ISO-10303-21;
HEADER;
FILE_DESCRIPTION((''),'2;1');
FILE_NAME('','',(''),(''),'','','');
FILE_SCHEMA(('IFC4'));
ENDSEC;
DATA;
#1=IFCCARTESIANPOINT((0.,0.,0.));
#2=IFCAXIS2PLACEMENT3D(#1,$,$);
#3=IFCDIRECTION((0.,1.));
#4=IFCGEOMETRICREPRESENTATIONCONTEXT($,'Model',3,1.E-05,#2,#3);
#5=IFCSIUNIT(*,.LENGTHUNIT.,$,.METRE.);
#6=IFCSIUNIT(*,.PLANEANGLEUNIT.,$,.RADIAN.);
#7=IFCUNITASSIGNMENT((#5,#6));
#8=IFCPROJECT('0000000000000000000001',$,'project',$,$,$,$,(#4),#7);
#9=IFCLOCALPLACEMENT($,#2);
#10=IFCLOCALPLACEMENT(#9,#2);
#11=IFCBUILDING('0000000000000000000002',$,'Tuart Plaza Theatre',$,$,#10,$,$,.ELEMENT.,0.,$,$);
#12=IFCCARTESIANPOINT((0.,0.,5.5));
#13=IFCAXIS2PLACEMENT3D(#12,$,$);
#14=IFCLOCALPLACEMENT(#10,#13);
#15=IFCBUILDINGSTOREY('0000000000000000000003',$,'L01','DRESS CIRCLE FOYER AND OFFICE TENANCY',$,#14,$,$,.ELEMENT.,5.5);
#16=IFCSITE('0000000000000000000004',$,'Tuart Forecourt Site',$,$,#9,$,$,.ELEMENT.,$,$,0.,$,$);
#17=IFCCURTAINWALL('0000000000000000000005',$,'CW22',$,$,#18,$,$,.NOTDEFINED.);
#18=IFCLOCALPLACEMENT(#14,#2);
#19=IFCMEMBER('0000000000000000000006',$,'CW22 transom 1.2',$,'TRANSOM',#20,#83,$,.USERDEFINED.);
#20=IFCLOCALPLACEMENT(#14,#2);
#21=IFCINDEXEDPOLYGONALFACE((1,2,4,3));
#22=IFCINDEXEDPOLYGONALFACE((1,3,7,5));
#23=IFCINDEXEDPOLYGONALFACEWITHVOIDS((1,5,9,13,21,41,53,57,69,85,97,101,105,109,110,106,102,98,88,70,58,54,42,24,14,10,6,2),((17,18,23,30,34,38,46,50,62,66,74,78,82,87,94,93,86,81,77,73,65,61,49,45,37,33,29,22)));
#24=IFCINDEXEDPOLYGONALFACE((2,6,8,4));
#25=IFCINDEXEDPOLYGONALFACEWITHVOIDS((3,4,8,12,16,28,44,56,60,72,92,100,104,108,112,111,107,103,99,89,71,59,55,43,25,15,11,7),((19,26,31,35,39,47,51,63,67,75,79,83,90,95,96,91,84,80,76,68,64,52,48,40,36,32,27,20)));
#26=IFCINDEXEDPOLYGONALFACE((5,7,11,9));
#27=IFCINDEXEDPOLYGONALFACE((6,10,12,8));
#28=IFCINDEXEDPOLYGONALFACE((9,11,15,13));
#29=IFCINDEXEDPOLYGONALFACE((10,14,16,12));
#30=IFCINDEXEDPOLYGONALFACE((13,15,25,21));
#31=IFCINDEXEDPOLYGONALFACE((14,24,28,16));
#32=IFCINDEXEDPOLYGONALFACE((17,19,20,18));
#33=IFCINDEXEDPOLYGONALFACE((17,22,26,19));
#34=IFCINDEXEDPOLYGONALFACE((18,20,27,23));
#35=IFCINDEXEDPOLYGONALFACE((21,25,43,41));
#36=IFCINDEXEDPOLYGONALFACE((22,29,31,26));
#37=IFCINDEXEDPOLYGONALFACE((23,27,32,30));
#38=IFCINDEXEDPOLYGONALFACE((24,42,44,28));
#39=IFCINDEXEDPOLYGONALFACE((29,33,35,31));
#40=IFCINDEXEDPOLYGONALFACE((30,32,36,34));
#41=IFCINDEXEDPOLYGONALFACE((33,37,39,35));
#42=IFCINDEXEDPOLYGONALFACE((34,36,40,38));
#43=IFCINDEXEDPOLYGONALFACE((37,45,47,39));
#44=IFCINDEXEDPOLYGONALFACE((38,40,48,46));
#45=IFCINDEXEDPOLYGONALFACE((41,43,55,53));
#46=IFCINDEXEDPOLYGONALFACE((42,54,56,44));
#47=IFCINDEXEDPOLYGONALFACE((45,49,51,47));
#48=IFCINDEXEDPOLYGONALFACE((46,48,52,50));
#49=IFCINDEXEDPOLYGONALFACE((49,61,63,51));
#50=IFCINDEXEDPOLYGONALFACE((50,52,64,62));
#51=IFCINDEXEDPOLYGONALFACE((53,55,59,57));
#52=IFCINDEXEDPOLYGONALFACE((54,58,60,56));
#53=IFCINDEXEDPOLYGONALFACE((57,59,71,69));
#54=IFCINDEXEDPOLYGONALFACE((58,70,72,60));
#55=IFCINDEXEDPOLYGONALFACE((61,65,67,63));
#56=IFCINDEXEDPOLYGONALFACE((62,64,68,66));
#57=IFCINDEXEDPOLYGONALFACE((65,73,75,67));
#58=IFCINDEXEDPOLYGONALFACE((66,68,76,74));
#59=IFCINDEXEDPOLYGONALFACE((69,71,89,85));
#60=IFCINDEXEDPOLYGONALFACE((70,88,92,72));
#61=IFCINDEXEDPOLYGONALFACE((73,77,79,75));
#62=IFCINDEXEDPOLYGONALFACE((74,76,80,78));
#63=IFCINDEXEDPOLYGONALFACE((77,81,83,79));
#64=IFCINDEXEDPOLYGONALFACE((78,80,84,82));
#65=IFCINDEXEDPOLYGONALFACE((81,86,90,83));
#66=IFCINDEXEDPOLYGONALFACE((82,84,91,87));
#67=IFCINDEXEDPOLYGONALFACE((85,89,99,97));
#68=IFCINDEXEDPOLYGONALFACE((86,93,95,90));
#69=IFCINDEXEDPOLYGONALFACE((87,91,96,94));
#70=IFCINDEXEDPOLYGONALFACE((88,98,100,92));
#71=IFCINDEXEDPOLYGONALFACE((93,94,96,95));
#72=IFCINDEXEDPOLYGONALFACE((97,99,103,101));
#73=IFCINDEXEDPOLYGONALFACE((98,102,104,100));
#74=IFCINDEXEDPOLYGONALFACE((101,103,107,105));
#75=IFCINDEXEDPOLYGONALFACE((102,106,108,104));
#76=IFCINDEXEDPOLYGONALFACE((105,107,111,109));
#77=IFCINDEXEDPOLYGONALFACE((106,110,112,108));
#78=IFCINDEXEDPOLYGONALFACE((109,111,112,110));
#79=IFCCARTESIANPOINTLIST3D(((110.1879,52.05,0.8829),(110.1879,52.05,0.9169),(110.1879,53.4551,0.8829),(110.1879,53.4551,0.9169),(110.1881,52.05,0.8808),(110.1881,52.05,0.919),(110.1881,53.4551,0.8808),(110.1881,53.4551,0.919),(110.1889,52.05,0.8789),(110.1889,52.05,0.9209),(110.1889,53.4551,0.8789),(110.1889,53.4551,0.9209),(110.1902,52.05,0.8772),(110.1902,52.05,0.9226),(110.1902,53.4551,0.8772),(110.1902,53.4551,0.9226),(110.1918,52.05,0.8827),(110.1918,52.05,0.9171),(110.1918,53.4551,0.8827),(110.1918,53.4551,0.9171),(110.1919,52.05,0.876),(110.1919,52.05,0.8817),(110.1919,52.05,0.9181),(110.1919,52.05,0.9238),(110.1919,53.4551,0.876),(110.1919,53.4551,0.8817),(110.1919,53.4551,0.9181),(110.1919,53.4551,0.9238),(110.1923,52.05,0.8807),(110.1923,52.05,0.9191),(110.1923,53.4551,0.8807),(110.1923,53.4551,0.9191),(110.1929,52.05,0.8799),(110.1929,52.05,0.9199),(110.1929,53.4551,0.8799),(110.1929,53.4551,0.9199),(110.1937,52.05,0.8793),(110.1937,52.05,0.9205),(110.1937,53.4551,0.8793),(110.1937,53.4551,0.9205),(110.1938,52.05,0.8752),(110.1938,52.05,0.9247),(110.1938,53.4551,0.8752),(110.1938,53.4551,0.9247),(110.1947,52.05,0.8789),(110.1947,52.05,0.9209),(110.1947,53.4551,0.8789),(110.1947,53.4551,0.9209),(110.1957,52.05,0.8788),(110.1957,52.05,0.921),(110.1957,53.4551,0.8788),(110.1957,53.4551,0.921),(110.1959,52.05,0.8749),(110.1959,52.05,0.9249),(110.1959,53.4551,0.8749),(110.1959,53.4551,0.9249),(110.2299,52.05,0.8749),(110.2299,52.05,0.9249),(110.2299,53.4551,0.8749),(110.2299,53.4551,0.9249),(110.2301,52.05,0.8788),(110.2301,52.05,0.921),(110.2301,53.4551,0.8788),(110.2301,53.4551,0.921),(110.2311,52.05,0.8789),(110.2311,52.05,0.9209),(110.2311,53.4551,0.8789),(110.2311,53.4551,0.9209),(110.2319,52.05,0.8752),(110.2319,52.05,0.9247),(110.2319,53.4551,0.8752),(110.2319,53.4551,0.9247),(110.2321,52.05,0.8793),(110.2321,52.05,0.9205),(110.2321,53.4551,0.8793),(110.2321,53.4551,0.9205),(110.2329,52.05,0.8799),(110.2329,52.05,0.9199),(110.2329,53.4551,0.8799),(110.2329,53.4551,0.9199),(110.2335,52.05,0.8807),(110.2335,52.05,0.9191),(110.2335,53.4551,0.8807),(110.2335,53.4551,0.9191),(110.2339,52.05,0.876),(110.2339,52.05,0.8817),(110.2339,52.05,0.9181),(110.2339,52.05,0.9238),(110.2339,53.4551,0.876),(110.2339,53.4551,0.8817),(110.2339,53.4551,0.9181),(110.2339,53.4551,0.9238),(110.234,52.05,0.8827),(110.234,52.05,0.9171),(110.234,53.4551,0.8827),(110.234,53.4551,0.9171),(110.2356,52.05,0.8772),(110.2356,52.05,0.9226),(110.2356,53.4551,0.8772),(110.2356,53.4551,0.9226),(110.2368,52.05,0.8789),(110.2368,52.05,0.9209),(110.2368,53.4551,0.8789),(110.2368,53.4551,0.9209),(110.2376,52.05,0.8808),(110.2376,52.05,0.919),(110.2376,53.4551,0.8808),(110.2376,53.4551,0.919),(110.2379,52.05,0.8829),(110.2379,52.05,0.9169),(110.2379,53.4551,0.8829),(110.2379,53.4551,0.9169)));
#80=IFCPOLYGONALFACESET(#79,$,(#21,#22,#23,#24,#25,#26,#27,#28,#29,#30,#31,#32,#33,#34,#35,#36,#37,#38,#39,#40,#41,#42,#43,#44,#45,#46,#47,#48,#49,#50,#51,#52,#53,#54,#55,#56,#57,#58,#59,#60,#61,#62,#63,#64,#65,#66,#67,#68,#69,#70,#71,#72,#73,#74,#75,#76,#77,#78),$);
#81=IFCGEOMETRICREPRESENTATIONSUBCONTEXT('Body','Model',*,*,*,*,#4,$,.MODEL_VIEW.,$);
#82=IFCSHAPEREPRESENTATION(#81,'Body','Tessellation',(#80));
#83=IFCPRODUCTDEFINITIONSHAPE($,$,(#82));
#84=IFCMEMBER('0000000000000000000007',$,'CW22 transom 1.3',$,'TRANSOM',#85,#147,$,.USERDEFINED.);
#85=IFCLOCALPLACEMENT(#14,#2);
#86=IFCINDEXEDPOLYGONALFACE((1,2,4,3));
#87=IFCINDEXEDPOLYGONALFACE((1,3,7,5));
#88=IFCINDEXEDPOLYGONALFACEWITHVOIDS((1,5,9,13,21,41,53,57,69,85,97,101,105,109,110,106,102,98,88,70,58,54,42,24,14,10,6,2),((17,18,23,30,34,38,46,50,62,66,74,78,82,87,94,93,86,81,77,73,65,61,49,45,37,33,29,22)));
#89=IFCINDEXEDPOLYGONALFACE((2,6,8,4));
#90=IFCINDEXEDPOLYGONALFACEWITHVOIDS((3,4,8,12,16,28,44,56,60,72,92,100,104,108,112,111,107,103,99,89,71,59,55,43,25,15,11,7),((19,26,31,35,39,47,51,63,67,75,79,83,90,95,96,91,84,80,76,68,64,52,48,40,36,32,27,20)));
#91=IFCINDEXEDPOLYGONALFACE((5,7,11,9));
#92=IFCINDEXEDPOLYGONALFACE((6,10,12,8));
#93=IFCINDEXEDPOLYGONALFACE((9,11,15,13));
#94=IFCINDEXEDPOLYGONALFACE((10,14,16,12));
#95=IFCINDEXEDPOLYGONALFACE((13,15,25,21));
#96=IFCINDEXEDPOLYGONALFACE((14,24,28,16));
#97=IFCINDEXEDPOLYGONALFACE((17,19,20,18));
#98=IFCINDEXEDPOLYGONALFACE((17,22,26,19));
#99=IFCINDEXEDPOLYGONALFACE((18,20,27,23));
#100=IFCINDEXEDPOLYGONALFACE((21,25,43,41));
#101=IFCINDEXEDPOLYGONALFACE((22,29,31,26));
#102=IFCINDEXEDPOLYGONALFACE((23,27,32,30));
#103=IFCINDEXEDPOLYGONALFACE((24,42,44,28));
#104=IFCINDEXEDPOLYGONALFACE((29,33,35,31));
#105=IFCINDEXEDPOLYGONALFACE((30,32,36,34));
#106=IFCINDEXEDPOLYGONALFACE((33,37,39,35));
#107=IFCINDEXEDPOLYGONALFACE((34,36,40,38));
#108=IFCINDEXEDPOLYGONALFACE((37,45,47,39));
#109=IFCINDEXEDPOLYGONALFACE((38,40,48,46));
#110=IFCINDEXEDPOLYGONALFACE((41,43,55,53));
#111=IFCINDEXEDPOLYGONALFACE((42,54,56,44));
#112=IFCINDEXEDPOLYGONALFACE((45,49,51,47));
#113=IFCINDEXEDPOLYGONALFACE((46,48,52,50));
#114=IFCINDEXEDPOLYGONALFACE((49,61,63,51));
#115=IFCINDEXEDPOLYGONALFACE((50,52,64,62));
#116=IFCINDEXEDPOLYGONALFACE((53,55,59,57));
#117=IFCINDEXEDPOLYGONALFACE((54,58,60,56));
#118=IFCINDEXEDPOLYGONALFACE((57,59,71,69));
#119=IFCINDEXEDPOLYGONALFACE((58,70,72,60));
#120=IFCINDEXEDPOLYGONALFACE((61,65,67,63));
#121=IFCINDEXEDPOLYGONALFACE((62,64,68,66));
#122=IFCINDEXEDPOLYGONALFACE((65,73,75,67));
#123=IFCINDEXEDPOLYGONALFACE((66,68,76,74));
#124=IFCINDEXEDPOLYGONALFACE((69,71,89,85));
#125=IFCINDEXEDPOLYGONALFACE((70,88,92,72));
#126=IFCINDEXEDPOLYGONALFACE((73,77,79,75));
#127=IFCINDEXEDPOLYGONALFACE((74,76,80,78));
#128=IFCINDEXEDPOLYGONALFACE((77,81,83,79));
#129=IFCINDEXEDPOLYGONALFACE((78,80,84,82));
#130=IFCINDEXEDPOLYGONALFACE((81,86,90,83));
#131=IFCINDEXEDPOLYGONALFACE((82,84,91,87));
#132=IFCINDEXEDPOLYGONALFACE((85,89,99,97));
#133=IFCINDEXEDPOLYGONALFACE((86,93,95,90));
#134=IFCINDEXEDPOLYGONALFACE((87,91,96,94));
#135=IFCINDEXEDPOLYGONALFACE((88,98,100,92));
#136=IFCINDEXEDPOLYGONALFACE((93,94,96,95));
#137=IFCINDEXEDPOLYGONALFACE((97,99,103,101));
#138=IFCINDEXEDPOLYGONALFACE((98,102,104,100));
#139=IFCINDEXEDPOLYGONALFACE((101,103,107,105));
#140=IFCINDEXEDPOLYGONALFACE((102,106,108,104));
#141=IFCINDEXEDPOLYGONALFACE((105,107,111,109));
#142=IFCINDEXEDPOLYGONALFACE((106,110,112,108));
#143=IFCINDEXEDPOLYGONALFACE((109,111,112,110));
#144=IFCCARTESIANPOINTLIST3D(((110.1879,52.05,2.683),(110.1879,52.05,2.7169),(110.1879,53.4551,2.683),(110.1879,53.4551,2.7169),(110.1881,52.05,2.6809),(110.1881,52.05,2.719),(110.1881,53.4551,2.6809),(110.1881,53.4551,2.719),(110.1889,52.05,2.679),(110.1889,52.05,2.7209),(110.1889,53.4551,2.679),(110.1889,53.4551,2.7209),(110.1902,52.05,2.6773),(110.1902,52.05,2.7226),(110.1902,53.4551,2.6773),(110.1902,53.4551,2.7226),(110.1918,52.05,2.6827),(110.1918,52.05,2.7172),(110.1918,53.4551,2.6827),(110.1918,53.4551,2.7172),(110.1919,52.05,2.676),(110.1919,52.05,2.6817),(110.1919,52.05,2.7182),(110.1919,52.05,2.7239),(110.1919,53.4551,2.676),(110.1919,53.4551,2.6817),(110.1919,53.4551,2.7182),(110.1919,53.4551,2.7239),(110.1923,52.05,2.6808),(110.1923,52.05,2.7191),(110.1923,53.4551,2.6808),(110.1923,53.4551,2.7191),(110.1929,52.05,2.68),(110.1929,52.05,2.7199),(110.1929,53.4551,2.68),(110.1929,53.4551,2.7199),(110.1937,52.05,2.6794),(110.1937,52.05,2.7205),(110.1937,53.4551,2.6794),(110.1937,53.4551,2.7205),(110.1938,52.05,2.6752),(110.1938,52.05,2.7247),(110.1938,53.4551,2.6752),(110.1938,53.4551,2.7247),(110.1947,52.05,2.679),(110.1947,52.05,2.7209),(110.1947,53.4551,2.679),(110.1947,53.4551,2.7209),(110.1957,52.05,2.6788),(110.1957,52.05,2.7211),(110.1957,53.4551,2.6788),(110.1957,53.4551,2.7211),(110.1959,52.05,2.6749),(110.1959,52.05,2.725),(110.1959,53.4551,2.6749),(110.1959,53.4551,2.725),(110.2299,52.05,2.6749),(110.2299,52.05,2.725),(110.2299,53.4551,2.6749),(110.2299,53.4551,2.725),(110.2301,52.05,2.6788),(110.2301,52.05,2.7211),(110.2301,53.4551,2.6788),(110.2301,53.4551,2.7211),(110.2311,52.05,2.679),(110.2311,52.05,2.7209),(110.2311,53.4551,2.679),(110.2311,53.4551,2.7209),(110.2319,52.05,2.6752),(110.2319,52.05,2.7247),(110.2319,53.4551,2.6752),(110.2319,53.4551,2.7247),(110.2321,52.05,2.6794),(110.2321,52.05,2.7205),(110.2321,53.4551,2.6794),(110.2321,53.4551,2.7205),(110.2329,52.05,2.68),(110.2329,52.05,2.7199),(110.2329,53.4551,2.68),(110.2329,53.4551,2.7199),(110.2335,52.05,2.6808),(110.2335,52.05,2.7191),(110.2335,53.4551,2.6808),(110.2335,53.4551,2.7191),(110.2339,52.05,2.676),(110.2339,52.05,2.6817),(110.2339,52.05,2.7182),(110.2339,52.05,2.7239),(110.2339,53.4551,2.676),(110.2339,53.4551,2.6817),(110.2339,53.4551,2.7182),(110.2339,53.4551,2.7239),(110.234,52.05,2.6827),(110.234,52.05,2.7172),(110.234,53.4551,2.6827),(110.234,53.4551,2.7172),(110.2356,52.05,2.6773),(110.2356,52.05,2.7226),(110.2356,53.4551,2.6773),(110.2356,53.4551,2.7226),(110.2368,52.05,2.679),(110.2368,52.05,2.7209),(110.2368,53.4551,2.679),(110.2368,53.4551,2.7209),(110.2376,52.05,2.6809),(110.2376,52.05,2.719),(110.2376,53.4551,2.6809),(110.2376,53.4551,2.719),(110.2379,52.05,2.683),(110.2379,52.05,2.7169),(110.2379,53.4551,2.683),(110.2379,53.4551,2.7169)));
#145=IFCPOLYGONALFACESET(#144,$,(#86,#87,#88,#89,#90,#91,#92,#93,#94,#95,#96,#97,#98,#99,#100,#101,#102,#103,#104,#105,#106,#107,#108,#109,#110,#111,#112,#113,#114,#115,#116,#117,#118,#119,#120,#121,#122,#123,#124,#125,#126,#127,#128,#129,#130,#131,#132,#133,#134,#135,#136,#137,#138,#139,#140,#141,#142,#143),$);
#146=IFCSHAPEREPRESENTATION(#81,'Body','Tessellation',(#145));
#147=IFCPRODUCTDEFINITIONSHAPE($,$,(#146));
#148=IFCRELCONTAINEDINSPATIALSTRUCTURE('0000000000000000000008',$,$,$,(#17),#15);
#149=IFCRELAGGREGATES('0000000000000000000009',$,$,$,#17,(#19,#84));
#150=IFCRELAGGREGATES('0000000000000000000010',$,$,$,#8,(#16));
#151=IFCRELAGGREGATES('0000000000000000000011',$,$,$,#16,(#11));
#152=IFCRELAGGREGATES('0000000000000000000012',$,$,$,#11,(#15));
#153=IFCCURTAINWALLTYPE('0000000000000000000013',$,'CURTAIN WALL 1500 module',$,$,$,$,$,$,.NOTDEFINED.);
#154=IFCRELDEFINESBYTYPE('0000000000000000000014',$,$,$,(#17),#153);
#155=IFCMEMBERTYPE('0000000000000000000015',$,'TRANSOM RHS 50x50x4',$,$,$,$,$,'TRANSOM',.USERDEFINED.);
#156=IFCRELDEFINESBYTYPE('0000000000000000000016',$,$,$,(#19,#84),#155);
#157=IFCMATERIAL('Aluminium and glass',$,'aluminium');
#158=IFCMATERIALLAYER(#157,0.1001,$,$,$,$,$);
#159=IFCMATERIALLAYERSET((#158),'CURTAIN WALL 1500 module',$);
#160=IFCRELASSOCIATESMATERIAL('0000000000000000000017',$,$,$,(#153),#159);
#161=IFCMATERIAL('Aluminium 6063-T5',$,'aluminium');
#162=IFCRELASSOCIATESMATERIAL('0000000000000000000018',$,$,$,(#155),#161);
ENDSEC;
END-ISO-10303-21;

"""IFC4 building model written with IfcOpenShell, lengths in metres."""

from ifc_helpers import new_model, si_unit, direction, frame, origin, origin_2d, place, context, subcontext, project, spatial, hollow_rectangle, extrude, material, layer, layer_set, material_profile, profile_set, type_object, element, aggregate, save


model = new_model("IFC4")

# Units and contexts
model_context = context("Model", 3, precision=1e-05, world=origin(), true_north=direction((0.0, 1.0)))
body_context = subcontext(model_context, "Body", "Model", "MODEL_VIEW")
ifc_project = project(units=[si_unit("LENGTHUNIT", "METRE"), si_unit("PLANEANGLEUNIT", "RADIAN")], contexts=[model_context])

# Site, building, storey
site_placement = place(None, origin())
site = spatial("IfcSite", under=ifc_project, at=site_placement, Name="Tuart Forecourt Site", CompositionType="ELEMENT", RefElevation=0.0)
building_placement = place(site_placement, origin())
building = spatial("IfcBuilding", under=site, at=building_placement, Name="Tuart Plaza Theatre", CompositionType="ELEMENT", ElevationOfRefHeight=0.0)
storey_placement = place(building_placement, frame((0.0, 0.0, 5.5)))
storey = spatial("IfcBuildingStorey", under=building, at=storey_placement, Name="L01", Description="DRESS CIRCLE FOYER AND OFFICE TENANCY", CompositionType="ELEMENT", Elevation=5.5)

# Curtain wall, members
ifc_material_1 = material(Name="Aluminium and glass", Category="aluminium")
ifc_layer_1 = layer(ifc_material_1, 0.1001)
ifc_layer_set_1 = layer_set([ifc_layer_1], Name="CURTAIN WALL 1500 module")
curtain_wall_type = type_object("IfcCurtainWallType", Name="CURTAIN WALL 1500 module", PredefinedType="NOTDEFINED", material=ifc_layer_set_1)
curtain_wall_placement = place(storey_placement, origin())
curtain_wall = element("IfcCurtainWall", 1, at=curtain_wall_placement, inside=storey, type_object=curtain_wall_type, Name="CW22", PredefinedType="NOTDEFINED")
ifc_material_2 = material(Name="Aluminium 6063-T5", Category="aluminium")
ifc_material_profile_1 = material_profile(ifc_material_2, hollow_rectangle(XDim=0.05, YDim=0.05, WallThickness=0.0039, InnerFilletRadius=0.0039, OuterFilletRadius=0.0081, at=origin_2d()), Name="RHS 50x50x4")
ifc_profile_set_1 = profile_set([ifc_material_profile_1], Name="Aluminium 6063-T5")
member_type_1 = type_object("IfcMemberType", Name="TRANSOM RHS 50x50x4", ElementType="TRANSOM", PredefinedType="USERDEFINED", material=ifc_profile_set_1)
member_1_placement = place(storey_placement, frame((110.2129, 52.05, 0.8999), z_axis=(0.0, 1.0, 0.0), x_axis=(-1.0, 0.0, 0.0)))
member_1 = element("IfcMember", 2, at=member_1_placement, type_object=member_type_1, Name="CW22 transom 1.2", ObjectType="TRANSOM", PredefinedType="USERDEFINED", context=body_context, shape_type="SweptSolid", body=[
    extrude(hollow_rectangle(XDim=0.05, YDim=0.05, WallThickness=0.0039, InnerFilletRadius=0.0039, OuterFilletRadius=0.0081, at=origin_2d()), origin(), (0.0, 0.0, 1.0), 1.405),
])
member_2_placement = place(storey_placement, frame((110.2129, 52.05, 2.7), z_axis=(0.0, 1.0, 0.0), x_axis=(-1.0, 0.0, 0.0)))
member_2 = element("IfcMember", 3, at=member_2_placement, type_object=member_type_1, Name="CW22 transom 1.3", ObjectType="TRANSOM", PredefinedType="USERDEFINED", context=body_context, shape_type="SweptSolid", body=[
    extrude(hollow_rectangle(XDim=0.05, YDim=0.05, WallThickness=0.0039, InnerFilletRadius=0.0039, OuterFilletRadius=0.0081, at=origin_2d()), origin(), (0.0, 0.0, 1.0), 1.405),
])
aggregate(curtain_wall, [member_1, member_2])

save(model, "model.ifc")
